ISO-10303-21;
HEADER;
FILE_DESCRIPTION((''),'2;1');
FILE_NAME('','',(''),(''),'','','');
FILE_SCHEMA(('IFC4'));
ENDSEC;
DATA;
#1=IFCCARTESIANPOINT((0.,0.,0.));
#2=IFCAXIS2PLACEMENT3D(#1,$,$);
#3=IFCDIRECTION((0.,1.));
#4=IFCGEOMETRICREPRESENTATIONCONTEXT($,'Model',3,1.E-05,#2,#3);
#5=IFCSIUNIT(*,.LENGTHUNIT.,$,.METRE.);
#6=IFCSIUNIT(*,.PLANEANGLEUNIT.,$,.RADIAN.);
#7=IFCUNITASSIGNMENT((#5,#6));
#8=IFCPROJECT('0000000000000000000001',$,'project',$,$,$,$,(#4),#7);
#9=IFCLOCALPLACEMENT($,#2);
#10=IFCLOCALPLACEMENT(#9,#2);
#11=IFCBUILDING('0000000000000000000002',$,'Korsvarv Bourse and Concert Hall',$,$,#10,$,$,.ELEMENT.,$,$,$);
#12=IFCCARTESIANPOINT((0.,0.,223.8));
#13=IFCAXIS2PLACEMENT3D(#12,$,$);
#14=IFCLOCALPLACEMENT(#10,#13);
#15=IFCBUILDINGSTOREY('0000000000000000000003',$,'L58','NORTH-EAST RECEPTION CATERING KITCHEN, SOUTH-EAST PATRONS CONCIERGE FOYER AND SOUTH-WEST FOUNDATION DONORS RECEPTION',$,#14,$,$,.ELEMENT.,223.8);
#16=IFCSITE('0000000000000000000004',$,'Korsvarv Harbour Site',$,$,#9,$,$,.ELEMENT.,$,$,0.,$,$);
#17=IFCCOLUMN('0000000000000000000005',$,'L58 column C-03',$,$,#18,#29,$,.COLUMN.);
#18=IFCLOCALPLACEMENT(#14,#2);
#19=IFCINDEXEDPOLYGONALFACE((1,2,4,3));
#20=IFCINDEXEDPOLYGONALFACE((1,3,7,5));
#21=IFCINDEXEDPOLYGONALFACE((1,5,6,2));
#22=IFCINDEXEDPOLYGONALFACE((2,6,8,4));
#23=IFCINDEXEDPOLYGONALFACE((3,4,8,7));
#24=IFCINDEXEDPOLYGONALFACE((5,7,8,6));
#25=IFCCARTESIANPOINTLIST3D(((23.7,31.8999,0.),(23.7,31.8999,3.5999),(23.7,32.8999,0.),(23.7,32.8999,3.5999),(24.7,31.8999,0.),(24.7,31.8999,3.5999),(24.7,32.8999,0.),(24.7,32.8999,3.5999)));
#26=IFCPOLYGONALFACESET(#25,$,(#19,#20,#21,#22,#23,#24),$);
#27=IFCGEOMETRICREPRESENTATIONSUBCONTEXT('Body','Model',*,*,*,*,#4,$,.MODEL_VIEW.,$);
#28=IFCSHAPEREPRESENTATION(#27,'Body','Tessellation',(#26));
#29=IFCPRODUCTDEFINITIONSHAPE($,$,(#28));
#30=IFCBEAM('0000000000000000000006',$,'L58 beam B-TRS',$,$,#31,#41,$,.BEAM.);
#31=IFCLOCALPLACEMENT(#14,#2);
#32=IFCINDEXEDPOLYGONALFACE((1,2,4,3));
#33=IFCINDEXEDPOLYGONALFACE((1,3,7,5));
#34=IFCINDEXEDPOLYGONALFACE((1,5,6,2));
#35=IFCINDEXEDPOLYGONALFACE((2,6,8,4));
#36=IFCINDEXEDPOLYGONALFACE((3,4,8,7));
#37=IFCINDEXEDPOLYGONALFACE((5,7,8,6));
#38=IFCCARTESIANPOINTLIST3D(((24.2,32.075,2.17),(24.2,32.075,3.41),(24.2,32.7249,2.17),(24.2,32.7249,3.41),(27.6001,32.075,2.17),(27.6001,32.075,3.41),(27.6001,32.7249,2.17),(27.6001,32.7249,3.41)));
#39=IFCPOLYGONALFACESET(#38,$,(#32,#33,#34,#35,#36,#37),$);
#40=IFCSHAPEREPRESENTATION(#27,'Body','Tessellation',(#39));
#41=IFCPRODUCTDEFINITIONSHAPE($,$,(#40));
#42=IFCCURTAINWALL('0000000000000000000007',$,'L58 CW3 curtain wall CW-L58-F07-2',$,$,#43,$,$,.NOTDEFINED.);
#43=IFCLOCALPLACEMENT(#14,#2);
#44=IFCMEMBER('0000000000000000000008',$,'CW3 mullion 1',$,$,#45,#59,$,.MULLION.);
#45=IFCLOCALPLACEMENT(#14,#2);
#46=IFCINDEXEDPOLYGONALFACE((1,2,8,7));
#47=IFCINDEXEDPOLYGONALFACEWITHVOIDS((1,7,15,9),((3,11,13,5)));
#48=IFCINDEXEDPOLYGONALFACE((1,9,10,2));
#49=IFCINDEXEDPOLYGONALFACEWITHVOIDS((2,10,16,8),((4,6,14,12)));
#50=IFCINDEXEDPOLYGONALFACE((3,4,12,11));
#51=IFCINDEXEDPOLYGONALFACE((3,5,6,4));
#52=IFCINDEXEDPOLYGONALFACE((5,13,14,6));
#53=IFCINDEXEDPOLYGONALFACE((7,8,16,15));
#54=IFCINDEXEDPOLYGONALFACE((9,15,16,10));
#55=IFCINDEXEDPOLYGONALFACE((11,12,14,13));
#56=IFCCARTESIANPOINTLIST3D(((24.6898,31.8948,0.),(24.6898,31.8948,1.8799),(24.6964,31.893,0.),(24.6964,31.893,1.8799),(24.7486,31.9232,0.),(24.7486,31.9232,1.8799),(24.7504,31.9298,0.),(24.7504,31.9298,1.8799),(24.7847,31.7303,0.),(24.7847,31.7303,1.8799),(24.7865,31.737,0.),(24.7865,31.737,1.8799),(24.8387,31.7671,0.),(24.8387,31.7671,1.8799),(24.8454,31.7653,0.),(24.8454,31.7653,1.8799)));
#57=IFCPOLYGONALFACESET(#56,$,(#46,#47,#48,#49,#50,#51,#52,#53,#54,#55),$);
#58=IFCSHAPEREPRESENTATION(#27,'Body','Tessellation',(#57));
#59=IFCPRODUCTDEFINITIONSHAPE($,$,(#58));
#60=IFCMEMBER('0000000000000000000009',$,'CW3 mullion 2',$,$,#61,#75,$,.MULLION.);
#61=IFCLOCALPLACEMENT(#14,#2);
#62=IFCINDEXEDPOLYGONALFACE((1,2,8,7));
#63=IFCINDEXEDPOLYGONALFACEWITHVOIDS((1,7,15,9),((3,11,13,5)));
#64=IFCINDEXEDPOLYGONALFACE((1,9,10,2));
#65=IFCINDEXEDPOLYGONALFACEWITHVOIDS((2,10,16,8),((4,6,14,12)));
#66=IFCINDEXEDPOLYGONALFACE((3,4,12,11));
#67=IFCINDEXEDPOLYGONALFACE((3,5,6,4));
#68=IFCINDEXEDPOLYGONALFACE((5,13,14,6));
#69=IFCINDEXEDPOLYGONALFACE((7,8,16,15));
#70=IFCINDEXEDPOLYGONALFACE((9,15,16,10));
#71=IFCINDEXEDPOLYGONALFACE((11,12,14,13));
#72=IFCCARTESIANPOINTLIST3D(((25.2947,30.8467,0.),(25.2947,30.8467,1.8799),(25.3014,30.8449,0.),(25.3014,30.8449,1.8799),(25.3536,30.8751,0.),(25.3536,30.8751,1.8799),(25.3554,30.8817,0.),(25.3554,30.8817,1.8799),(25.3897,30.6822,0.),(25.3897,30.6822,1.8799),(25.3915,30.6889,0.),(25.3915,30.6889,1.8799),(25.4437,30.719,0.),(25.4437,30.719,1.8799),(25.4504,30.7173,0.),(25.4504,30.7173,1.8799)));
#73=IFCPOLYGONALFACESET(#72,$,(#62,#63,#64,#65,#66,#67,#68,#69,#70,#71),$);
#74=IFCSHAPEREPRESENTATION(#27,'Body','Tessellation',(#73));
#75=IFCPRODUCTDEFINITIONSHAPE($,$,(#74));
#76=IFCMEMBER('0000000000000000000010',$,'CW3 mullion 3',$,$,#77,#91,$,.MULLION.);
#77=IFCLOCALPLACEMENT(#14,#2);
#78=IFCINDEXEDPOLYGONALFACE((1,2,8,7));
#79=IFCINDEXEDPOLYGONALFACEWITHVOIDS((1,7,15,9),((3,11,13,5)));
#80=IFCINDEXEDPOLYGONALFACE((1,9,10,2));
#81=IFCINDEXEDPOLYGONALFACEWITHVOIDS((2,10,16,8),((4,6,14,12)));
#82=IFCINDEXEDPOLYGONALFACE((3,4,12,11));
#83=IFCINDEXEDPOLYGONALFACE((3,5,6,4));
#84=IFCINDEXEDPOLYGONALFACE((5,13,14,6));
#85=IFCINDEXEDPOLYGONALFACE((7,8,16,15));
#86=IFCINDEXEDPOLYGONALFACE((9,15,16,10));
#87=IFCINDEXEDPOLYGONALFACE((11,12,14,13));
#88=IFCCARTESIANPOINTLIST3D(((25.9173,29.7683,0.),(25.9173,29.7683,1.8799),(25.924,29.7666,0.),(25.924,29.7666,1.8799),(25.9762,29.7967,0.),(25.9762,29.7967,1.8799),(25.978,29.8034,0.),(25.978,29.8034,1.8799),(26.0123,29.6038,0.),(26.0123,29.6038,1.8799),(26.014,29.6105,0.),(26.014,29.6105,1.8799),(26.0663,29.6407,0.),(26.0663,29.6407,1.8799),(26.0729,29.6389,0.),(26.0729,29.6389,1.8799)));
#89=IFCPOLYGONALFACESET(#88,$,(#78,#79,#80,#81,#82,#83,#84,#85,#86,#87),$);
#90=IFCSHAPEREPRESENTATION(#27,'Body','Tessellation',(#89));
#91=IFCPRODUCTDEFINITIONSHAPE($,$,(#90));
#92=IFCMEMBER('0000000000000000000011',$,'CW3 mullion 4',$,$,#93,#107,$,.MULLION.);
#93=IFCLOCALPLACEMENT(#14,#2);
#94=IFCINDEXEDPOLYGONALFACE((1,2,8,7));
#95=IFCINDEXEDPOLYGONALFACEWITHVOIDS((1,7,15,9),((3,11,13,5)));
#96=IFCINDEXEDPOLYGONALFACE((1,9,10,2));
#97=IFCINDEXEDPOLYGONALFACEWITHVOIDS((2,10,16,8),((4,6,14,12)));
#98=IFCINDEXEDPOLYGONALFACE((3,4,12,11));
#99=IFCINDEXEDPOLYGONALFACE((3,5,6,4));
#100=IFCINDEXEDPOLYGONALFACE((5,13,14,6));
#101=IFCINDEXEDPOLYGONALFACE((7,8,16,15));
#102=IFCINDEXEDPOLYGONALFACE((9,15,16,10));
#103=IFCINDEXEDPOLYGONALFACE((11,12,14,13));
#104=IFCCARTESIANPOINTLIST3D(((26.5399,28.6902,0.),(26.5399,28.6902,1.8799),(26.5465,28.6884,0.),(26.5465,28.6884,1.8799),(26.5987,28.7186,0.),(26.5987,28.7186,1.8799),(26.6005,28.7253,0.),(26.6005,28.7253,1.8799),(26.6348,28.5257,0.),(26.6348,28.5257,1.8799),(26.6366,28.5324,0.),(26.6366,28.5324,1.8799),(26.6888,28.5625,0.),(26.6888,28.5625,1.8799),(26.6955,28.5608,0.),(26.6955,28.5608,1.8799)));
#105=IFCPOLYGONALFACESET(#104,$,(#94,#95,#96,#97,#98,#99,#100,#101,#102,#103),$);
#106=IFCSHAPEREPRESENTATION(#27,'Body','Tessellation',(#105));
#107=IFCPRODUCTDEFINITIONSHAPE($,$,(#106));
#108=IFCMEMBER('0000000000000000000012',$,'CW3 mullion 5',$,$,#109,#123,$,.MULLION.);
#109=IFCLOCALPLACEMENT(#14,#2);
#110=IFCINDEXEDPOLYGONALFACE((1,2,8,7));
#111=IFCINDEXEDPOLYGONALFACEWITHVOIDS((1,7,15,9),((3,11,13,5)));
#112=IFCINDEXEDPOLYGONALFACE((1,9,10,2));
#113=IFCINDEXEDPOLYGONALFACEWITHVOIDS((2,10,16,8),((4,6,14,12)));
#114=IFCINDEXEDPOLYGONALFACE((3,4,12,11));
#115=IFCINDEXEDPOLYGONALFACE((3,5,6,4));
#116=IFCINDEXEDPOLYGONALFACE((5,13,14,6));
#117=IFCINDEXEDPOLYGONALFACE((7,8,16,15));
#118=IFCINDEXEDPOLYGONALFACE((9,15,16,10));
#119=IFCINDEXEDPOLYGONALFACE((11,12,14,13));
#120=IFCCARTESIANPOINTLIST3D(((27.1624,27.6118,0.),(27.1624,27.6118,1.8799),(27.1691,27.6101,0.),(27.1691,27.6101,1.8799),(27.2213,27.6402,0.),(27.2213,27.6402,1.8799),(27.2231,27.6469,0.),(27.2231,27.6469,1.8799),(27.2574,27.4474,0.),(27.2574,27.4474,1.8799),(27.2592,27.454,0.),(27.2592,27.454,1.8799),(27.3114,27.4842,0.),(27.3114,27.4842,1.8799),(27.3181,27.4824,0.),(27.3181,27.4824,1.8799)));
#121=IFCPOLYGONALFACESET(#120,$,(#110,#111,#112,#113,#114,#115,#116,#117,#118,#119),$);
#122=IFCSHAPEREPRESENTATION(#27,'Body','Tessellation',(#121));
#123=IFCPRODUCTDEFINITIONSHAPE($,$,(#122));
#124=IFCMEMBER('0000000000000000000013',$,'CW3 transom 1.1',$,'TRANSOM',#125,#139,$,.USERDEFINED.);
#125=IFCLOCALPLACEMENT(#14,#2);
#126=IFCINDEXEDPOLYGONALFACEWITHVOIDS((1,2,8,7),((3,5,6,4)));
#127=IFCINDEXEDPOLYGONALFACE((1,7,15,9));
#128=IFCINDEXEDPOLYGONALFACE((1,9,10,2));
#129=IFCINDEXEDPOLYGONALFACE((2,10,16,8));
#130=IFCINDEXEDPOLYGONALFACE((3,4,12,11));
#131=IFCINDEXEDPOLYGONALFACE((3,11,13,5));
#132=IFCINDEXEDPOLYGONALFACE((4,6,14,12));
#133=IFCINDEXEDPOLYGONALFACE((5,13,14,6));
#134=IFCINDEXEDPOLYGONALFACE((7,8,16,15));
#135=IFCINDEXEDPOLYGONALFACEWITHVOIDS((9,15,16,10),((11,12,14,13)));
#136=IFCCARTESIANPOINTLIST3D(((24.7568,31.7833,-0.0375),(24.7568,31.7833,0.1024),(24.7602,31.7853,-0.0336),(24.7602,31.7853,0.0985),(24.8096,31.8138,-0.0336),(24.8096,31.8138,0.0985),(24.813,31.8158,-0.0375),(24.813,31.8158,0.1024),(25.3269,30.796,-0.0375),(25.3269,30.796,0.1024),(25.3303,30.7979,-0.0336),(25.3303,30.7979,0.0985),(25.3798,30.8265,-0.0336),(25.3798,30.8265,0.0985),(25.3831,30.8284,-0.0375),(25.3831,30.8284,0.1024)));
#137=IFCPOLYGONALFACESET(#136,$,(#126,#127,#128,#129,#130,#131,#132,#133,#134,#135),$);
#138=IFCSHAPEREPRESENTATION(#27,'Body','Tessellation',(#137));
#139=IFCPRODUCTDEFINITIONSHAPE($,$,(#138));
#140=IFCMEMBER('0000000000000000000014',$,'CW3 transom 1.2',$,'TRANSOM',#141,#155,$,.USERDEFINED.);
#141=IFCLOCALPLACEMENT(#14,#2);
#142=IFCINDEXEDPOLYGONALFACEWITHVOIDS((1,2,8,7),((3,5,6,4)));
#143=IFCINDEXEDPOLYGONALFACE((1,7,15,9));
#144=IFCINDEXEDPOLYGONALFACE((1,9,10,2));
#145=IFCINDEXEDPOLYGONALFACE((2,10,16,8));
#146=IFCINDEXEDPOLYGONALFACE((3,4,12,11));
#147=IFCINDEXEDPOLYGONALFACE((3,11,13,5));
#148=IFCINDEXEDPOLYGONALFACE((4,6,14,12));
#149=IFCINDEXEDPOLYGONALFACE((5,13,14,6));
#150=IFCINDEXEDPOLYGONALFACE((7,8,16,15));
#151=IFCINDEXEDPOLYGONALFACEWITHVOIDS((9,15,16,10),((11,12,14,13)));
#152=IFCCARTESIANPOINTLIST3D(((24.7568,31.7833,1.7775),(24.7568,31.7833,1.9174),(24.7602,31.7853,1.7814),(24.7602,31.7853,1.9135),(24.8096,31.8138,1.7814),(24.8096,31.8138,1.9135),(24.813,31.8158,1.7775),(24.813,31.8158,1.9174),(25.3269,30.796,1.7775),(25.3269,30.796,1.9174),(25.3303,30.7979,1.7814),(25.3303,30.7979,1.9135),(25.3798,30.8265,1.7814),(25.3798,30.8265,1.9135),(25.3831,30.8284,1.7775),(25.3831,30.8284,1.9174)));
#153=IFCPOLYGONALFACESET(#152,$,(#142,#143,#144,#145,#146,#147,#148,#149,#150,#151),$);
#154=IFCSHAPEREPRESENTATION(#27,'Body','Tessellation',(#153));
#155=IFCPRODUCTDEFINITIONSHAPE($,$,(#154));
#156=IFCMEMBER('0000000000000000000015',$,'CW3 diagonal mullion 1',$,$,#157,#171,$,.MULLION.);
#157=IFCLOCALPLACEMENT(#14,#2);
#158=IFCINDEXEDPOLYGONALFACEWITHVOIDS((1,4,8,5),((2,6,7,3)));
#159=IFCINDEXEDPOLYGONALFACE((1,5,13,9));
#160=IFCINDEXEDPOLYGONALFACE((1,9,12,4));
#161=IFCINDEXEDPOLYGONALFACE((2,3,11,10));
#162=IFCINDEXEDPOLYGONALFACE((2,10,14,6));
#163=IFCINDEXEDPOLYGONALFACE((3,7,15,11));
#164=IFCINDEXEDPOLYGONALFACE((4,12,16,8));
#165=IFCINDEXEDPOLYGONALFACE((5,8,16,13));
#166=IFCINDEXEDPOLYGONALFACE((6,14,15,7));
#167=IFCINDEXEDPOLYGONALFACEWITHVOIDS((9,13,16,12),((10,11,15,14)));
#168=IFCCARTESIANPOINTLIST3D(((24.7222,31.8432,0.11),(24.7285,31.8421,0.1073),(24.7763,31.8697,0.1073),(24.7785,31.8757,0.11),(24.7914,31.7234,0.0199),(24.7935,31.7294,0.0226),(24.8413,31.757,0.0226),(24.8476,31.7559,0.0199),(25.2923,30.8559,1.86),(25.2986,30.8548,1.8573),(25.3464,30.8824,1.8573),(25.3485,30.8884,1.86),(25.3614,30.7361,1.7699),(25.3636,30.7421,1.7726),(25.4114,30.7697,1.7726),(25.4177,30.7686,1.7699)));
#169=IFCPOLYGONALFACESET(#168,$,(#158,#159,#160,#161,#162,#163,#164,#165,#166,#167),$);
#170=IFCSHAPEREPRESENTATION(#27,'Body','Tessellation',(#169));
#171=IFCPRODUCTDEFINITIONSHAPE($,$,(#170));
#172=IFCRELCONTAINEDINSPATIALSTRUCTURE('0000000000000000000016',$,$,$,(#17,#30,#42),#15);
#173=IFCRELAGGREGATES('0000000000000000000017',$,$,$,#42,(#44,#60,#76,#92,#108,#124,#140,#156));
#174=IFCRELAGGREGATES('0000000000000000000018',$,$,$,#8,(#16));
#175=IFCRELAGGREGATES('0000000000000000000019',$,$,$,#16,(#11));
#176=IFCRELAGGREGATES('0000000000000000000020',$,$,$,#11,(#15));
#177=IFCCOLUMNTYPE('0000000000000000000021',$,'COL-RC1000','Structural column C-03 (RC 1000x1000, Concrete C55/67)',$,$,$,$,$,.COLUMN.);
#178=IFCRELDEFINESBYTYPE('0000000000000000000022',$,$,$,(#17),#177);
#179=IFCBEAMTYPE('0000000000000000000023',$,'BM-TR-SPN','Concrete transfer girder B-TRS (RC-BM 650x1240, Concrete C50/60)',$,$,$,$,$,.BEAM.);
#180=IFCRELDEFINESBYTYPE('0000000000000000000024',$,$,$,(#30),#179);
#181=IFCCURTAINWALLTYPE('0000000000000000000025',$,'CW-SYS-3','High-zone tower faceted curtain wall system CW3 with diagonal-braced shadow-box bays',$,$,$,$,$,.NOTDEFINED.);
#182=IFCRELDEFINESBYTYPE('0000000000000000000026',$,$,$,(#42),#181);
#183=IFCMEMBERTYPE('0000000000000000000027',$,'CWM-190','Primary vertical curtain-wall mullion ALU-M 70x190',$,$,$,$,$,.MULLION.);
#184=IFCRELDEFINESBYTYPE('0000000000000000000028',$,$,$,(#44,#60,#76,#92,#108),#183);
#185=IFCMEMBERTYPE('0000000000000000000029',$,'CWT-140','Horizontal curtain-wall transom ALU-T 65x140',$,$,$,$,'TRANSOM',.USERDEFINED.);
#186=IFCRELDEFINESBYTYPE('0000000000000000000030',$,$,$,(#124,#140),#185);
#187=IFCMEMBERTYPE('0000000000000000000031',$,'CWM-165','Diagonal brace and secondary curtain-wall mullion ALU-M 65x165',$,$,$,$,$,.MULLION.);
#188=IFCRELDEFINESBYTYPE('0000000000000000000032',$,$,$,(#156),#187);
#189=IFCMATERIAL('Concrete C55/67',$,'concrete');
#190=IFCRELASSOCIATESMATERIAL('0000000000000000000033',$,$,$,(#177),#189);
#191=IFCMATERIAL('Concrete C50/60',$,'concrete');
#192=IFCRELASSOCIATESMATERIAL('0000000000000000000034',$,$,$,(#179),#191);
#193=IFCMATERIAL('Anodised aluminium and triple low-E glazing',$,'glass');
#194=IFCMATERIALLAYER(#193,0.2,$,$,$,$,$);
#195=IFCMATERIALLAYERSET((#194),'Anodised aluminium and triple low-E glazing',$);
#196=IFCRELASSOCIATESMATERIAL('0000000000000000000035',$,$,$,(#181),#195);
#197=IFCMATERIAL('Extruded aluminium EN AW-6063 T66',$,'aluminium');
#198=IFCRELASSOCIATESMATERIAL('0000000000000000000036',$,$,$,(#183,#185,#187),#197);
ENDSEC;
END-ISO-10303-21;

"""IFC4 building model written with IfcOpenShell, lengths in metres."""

from ifc_helpers import new_model, si_unit, direction, frame, origin, origin_2d, place, context, subcontext, project, spatial, rectangle, hollow_rectangle, extrude, source, transform, mapped, material, layer, layer_set, material_profile, profile_set, type_object, element, aggregate, save


model = new_model("IFC4")

# Units and contexts
model_context = context("Model", 3, precision=1e-05, world=origin(), true_north=direction((0.0, 1.0)))
body_context = subcontext(model_context, "Body", "Model", "MODEL_VIEW")
ifc_project = project(units=[si_unit("LENGTHUNIT", "METRE"), si_unit("PLANEANGLEUNIT", "RADIAN")], contexts=[model_context])

# Site, building, storey
site_placement = place(None, origin())
site = spatial("IfcSite", under=ifc_project, at=site_placement, Name="Korsvarv Harbour Site", CompositionType="ELEMENT", RefElevation=0.0)
building_placement = place(site_placement, origin())
building = spatial("IfcBuilding", under=site, at=building_placement, Name="Korsvarv Bourse and Concert Hall", CompositionType="ELEMENT")
storey_placement = place(building_placement, frame((0.0, 0.0, 223.8)))
storey = spatial("IfcBuildingStorey", under=building, at=storey_placement, Name="L58", Description="NORTH-EAST RECEPTION CATERING KITCHEN, SOUTH-EAST PATRONS CONCIERGE FOYER AND SOUTH-WEST FOUNDATION DONORS RECEPTION", CompositionType="ELEMENT", Elevation=223.8)

# Column
ifc_material_1 = material(Name="Concrete C55/67", Category="concrete")
ifc_material_profile_1 = material_profile(ifc_material_1, rectangle(XDim=1.0, YDim=1.0, at=origin_2d()), Name="RC 1000x1000")
ifc_profile_set_1 = profile_set([ifc_material_profile_1], Name="Concrete C55/67")
column_type = type_object("IfcColumnType", Name="COL-RC1000", Description="Structural column C-03 (RC 1000x1000, Concrete C55/67)", PredefinedType="COLUMN", material=ifc_profile_set_1)
shared_shape_1 = source(origin(), body_context, "Body", "SweptSolid", [
    extrude(rectangle(XDim=1.0, YDim=1.0, at=origin_2d()), origin(), (0.0, 0.0, 1.0), 3.5999),
])
column_placement = place(storey_placement, frame((24.2, 32.3999, 0.0), z_axis=(0.0, 0.0, 1.0), x_axis=(1.0, 0.0, 0.0)))
element("IfcColumn", 1, at=column_placement, inside=storey, type_object=column_type, Name="L58 column C-03", PredefinedType="COLUMN", context=body_context, shape_type="MappedRepresentation", body=[
    mapped(shared_shape_1, transform((0.0, 0.0, 0.0), scale=1.0)),
])

# Beam
ifc_material_2 = material(Name="Concrete C50/60", Category="concrete")
ifc_material_profile_2 = material_profile(ifc_material_2, rectangle(XDim=0.6499, YDim=1.24, at=origin_2d()), Name="RC-BM 650x1240")
ifc_profile_set_2 = profile_set([ifc_material_profile_2], Name="Concrete C50/60")
beam_type = type_object("IfcBeamType", Name="BM-TR-SPN", Description="Concrete transfer girder B-TRS (RC-BM 650x1240, Concrete C50/60)", PredefinedType="BEAM", material=ifc_profile_set_2)
shared_shape_2 = source(origin(), body_context, "Body", "SweptSolid", [
    extrude(rectangle(XDim=0.6499, YDim=1.24, at=origin_2d()), origin(), (0.0, 0.0, 1.0), 3.4001),
])
beam_placement = place(storey_placement, frame((24.2, 32.3999, 2.79), z_axis=(1.0, 0.0, 0.0), x_axis=(0.0, 1.0, 0.0)))
element("IfcBeam", 2, at=beam_placement, inside=storey, type_object=beam_type, Name="L58 beam B-TRS", PredefinedType="BEAM", context=body_context, shape_type="MappedRepresentation", body=[
    mapped(shared_shape_2, transform((0.0, 0.0, 0.0), scale=1.0)),
])

# Curtain wall, members
ifc_material_3 = material(Name="Anodised aluminium and triple low-E glazing", Category="glass")
ifc_layer_1 = layer(ifc_material_3, 0.2)
ifc_layer_set_1 = layer_set([ifc_layer_1], Name="Anodised aluminium and triple low-E glazing")
curtain_wall_type = type_object("IfcCurtainWallType", Name="CW-SYS-3", Description="High-zone tower faceted curtain wall system CW3 with diagonal-braced shadow-box bays", PredefinedType="NOTDEFINED", material=ifc_layer_set_1)
curtain_wall_placement = place(storey_placement, origin())
curtain_wall = element("IfcCurtainWall", 3, at=curtain_wall_placement, inside=storey, type_object=curtain_wall_type, Name="L58 CW3 curtain wall CW-L58-F07-2", PredefinedType="NOTDEFINED")
ifc_material_4 = material(Name="Extruded aluminium EN AW-6063 T66", Category="aluminium")
ifc_material_profile_3 = material_profile(ifc_material_4, hollow_rectangle(XDim=0.0701, YDim=0.1899, WallThickness=0.0049, at=origin_2d()), Name="ALU-M 70x190")
ifc_profile_set_3 = profile_set([ifc_material_profile_3], Name="Extruded aluminium EN AW-6063 T66")
member_type_1 = type_object("IfcMemberType", Name="CWM-190", Description="Primary vertical curtain-wall mullion ALU-M 70x190", PredefinedType="MULLION", material=ifc_profile_set_3)
shared_shape_3 = source(origin(), body_context, "Body", "SweptSolid", [
    extrude(hollow_rectangle(XDim=0.0701, YDim=0.1899, WallThickness=0.0049, at=origin_2d()), origin(), (0.0, 0.0, 1.0), 1.8799),
])
member_1_placement = place(storey_placement, frame((24.7676, 31.8301, 0.0), z_axis=(0.0, 0.0, 1.0), x_axis=(0.866028, 0.499996, 0.0)))
member_1 = element("IfcMember", 4, at=member_1_placement, type_object=member_type_1, Name="CW3 mullion 1", PredefinedType="MULLION", context=body_context, shape_type="MappedRepresentation", body=[
    mapped(shared_shape_3, transform((0.0, 0.0, 0.0), scale=1.0)),
])
member_2_placement = place(storey_placement, frame((25.3726, 30.782, 0.0), z_axis=(0.0, 0.0, 1.0), x_axis=(0.866028, 0.499996, 0.0)))
member_2 = element("IfcMember", 5, at=member_2_placement, type_object=member_type_1, Name="CW3 mullion 2", PredefinedType="MULLION", context=body_context, shape_type="MappedRepresentation", body=[
    mapped(shared_shape_3, transform((0.0, 0.0, 0.0), scale=1.0)),
])
member_3_placement = place(storey_placement, frame((25.9951, 29.7036, 0.0), z_axis=(0.0, 0.0, 1.0), x_axis=(0.866028, 0.499996, 0.0)))
member_3 = element("IfcMember", 6, at=member_3_placement, type_object=member_type_1, Name="CW3 mullion 3", PredefinedType="MULLION", context=body_context, shape_type="MappedRepresentation", body=[
    mapped(shared_shape_3, transform((0.0, 0.0, 0.0), scale=1.0)),
])
member_4_placement = place(storey_placement, frame((26.6177, 28.6255, 0.0), z_axis=(0.0, 0.0, 1.0), x_axis=(0.866028, 0.499996, 0.0)))
member_4 = element("IfcMember", 7, at=member_4_placement, type_object=member_type_1, Name="CW3 mullion 4", PredefinedType="MULLION", context=body_context, shape_type="MappedRepresentation", body=[
    mapped(shared_shape_3, transform((0.0, 0.0, 0.0), scale=1.0)),
])
member_5_placement = place(storey_placement, frame((27.2402, 27.5471, 0.0), z_axis=(0.0, 0.0, 1.0), x_axis=(0.866028, 0.499996, 0.0)))
member_5 = element("IfcMember", 8, at=member_5_placement, type_object=member_type_1, Name="CW3 mullion 5", PredefinedType="MULLION", context=body_context, shape_type="MappedRepresentation", body=[
    mapped(shared_shape_3, transform((0.0, 0.0, 0.0), scale=1.0)),
])
ifc_material_profile_4 = material_profile(ifc_material_4, hollow_rectangle(XDim=0.0649, YDim=0.1399, WallThickness=0.0039, at=origin_2d()), Name="ALU-T 65x140")
ifc_profile_set_4 = profile_set([ifc_material_profile_4], Name="Extruded aluminium EN AW-6063 T66")
member_type_2 = type_object("IfcMemberType", Name="CWT-140", Description="Horizontal curtain-wall transom ALU-T 65x140", ElementType="TRANSOM", PredefinedType="USERDEFINED", material=ifc_profile_set_4)
shared_shape_4 = source(origin(), body_context, "Body", "SweptSolid", [
    extrude(hollow_rectangle(XDim=0.0649, YDim=0.1399, WallThickness=0.0039, at=origin_2d()), origin(), (0.0, 0.0, 1.0), 1.1401),
])
member_6_placement = place(storey_placement, frame((24.7849, 31.7996, 0.0325), z_axis=(0.500031, -0.866007, 0.0), x_axis=(0.866007, 0.500031, 0.0)))
member_6 = element("IfcMember", 9, at=member_6_placement, type_object=member_type_2, Name="CW3 transom 1.1", ObjectType="TRANSOM", PredefinedType="USERDEFINED", context=body_context, shape_type="MappedRepresentation", body=[
    mapped(shared_shape_4, transform((0.0, 0.0, 0.0), scale=1.0)),
])
member_7_placement = place(storey_placement, frame((24.7849, 31.7996, 1.8474), z_axis=(0.500031, -0.866007, 0.0), x_axis=(0.866007, 0.500031, 0.0)))
member_7 = element("IfcMember", 10, at=member_7_placement, type_object=member_type_2, Name="CW3 transom 1.2", ObjectType="TRANSOM", PredefinedType="USERDEFINED", context=body_context, shape_type="MappedRepresentation", body=[
    mapped(shared_shape_4, transform((0.0, 0.0, 0.0), scale=1.0)),
])
ifc_material_profile_5 = material_profile(ifc_material_4, hollow_rectangle(XDim=0.0649, YDim=0.165, WallThickness=0.0049, at=origin_2d()), Name="ALU-M 65x165")
ifc_profile_set_5 = profile_set([ifc_material_profile_5], Name="Extruded aluminium EN AW-6063 T66")
member_type_3 = type_object("IfcMemberType", Name="CWM-165", Description="Diagonal brace and secondary curtain-wall mullion ALU-M 65x165", PredefinedType="MULLION", material=ifc_profile_set_5)
shared_shape_5 = source(origin(), body_context, "Body", "SweptSolid", [
    extrude(hollow_rectangle(XDim=0.0649, YDim=0.165, WallThickness=0.0049, at=origin_2d()), origin(), (0.0, 0.0, 1.0), 2.0886),
])
member_8_placement = place(storey_placement, frame((24.7849, 31.7996, 0.0649), z_axis=(0.272943, -0.472711, 0.837882), x_axis=(0.866007, 0.500031, 0.0)))
member_8 = element("IfcMember", 11, at=member_8_placement, type_object=member_type_3, Name="CW3 diagonal mullion 1", PredefinedType="MULLION", context=body_context, shape_type="MappedRepresentation", body=[
    mapped(shared_shape_5, transform((0.0, 0.0, 0.0), scale=1.0)),
])

aggregate(curtain_wall, [member_1, member_2, member_3, member_4, member_5, member_6, member_7, member_8])

save(model, "model.ifc")
